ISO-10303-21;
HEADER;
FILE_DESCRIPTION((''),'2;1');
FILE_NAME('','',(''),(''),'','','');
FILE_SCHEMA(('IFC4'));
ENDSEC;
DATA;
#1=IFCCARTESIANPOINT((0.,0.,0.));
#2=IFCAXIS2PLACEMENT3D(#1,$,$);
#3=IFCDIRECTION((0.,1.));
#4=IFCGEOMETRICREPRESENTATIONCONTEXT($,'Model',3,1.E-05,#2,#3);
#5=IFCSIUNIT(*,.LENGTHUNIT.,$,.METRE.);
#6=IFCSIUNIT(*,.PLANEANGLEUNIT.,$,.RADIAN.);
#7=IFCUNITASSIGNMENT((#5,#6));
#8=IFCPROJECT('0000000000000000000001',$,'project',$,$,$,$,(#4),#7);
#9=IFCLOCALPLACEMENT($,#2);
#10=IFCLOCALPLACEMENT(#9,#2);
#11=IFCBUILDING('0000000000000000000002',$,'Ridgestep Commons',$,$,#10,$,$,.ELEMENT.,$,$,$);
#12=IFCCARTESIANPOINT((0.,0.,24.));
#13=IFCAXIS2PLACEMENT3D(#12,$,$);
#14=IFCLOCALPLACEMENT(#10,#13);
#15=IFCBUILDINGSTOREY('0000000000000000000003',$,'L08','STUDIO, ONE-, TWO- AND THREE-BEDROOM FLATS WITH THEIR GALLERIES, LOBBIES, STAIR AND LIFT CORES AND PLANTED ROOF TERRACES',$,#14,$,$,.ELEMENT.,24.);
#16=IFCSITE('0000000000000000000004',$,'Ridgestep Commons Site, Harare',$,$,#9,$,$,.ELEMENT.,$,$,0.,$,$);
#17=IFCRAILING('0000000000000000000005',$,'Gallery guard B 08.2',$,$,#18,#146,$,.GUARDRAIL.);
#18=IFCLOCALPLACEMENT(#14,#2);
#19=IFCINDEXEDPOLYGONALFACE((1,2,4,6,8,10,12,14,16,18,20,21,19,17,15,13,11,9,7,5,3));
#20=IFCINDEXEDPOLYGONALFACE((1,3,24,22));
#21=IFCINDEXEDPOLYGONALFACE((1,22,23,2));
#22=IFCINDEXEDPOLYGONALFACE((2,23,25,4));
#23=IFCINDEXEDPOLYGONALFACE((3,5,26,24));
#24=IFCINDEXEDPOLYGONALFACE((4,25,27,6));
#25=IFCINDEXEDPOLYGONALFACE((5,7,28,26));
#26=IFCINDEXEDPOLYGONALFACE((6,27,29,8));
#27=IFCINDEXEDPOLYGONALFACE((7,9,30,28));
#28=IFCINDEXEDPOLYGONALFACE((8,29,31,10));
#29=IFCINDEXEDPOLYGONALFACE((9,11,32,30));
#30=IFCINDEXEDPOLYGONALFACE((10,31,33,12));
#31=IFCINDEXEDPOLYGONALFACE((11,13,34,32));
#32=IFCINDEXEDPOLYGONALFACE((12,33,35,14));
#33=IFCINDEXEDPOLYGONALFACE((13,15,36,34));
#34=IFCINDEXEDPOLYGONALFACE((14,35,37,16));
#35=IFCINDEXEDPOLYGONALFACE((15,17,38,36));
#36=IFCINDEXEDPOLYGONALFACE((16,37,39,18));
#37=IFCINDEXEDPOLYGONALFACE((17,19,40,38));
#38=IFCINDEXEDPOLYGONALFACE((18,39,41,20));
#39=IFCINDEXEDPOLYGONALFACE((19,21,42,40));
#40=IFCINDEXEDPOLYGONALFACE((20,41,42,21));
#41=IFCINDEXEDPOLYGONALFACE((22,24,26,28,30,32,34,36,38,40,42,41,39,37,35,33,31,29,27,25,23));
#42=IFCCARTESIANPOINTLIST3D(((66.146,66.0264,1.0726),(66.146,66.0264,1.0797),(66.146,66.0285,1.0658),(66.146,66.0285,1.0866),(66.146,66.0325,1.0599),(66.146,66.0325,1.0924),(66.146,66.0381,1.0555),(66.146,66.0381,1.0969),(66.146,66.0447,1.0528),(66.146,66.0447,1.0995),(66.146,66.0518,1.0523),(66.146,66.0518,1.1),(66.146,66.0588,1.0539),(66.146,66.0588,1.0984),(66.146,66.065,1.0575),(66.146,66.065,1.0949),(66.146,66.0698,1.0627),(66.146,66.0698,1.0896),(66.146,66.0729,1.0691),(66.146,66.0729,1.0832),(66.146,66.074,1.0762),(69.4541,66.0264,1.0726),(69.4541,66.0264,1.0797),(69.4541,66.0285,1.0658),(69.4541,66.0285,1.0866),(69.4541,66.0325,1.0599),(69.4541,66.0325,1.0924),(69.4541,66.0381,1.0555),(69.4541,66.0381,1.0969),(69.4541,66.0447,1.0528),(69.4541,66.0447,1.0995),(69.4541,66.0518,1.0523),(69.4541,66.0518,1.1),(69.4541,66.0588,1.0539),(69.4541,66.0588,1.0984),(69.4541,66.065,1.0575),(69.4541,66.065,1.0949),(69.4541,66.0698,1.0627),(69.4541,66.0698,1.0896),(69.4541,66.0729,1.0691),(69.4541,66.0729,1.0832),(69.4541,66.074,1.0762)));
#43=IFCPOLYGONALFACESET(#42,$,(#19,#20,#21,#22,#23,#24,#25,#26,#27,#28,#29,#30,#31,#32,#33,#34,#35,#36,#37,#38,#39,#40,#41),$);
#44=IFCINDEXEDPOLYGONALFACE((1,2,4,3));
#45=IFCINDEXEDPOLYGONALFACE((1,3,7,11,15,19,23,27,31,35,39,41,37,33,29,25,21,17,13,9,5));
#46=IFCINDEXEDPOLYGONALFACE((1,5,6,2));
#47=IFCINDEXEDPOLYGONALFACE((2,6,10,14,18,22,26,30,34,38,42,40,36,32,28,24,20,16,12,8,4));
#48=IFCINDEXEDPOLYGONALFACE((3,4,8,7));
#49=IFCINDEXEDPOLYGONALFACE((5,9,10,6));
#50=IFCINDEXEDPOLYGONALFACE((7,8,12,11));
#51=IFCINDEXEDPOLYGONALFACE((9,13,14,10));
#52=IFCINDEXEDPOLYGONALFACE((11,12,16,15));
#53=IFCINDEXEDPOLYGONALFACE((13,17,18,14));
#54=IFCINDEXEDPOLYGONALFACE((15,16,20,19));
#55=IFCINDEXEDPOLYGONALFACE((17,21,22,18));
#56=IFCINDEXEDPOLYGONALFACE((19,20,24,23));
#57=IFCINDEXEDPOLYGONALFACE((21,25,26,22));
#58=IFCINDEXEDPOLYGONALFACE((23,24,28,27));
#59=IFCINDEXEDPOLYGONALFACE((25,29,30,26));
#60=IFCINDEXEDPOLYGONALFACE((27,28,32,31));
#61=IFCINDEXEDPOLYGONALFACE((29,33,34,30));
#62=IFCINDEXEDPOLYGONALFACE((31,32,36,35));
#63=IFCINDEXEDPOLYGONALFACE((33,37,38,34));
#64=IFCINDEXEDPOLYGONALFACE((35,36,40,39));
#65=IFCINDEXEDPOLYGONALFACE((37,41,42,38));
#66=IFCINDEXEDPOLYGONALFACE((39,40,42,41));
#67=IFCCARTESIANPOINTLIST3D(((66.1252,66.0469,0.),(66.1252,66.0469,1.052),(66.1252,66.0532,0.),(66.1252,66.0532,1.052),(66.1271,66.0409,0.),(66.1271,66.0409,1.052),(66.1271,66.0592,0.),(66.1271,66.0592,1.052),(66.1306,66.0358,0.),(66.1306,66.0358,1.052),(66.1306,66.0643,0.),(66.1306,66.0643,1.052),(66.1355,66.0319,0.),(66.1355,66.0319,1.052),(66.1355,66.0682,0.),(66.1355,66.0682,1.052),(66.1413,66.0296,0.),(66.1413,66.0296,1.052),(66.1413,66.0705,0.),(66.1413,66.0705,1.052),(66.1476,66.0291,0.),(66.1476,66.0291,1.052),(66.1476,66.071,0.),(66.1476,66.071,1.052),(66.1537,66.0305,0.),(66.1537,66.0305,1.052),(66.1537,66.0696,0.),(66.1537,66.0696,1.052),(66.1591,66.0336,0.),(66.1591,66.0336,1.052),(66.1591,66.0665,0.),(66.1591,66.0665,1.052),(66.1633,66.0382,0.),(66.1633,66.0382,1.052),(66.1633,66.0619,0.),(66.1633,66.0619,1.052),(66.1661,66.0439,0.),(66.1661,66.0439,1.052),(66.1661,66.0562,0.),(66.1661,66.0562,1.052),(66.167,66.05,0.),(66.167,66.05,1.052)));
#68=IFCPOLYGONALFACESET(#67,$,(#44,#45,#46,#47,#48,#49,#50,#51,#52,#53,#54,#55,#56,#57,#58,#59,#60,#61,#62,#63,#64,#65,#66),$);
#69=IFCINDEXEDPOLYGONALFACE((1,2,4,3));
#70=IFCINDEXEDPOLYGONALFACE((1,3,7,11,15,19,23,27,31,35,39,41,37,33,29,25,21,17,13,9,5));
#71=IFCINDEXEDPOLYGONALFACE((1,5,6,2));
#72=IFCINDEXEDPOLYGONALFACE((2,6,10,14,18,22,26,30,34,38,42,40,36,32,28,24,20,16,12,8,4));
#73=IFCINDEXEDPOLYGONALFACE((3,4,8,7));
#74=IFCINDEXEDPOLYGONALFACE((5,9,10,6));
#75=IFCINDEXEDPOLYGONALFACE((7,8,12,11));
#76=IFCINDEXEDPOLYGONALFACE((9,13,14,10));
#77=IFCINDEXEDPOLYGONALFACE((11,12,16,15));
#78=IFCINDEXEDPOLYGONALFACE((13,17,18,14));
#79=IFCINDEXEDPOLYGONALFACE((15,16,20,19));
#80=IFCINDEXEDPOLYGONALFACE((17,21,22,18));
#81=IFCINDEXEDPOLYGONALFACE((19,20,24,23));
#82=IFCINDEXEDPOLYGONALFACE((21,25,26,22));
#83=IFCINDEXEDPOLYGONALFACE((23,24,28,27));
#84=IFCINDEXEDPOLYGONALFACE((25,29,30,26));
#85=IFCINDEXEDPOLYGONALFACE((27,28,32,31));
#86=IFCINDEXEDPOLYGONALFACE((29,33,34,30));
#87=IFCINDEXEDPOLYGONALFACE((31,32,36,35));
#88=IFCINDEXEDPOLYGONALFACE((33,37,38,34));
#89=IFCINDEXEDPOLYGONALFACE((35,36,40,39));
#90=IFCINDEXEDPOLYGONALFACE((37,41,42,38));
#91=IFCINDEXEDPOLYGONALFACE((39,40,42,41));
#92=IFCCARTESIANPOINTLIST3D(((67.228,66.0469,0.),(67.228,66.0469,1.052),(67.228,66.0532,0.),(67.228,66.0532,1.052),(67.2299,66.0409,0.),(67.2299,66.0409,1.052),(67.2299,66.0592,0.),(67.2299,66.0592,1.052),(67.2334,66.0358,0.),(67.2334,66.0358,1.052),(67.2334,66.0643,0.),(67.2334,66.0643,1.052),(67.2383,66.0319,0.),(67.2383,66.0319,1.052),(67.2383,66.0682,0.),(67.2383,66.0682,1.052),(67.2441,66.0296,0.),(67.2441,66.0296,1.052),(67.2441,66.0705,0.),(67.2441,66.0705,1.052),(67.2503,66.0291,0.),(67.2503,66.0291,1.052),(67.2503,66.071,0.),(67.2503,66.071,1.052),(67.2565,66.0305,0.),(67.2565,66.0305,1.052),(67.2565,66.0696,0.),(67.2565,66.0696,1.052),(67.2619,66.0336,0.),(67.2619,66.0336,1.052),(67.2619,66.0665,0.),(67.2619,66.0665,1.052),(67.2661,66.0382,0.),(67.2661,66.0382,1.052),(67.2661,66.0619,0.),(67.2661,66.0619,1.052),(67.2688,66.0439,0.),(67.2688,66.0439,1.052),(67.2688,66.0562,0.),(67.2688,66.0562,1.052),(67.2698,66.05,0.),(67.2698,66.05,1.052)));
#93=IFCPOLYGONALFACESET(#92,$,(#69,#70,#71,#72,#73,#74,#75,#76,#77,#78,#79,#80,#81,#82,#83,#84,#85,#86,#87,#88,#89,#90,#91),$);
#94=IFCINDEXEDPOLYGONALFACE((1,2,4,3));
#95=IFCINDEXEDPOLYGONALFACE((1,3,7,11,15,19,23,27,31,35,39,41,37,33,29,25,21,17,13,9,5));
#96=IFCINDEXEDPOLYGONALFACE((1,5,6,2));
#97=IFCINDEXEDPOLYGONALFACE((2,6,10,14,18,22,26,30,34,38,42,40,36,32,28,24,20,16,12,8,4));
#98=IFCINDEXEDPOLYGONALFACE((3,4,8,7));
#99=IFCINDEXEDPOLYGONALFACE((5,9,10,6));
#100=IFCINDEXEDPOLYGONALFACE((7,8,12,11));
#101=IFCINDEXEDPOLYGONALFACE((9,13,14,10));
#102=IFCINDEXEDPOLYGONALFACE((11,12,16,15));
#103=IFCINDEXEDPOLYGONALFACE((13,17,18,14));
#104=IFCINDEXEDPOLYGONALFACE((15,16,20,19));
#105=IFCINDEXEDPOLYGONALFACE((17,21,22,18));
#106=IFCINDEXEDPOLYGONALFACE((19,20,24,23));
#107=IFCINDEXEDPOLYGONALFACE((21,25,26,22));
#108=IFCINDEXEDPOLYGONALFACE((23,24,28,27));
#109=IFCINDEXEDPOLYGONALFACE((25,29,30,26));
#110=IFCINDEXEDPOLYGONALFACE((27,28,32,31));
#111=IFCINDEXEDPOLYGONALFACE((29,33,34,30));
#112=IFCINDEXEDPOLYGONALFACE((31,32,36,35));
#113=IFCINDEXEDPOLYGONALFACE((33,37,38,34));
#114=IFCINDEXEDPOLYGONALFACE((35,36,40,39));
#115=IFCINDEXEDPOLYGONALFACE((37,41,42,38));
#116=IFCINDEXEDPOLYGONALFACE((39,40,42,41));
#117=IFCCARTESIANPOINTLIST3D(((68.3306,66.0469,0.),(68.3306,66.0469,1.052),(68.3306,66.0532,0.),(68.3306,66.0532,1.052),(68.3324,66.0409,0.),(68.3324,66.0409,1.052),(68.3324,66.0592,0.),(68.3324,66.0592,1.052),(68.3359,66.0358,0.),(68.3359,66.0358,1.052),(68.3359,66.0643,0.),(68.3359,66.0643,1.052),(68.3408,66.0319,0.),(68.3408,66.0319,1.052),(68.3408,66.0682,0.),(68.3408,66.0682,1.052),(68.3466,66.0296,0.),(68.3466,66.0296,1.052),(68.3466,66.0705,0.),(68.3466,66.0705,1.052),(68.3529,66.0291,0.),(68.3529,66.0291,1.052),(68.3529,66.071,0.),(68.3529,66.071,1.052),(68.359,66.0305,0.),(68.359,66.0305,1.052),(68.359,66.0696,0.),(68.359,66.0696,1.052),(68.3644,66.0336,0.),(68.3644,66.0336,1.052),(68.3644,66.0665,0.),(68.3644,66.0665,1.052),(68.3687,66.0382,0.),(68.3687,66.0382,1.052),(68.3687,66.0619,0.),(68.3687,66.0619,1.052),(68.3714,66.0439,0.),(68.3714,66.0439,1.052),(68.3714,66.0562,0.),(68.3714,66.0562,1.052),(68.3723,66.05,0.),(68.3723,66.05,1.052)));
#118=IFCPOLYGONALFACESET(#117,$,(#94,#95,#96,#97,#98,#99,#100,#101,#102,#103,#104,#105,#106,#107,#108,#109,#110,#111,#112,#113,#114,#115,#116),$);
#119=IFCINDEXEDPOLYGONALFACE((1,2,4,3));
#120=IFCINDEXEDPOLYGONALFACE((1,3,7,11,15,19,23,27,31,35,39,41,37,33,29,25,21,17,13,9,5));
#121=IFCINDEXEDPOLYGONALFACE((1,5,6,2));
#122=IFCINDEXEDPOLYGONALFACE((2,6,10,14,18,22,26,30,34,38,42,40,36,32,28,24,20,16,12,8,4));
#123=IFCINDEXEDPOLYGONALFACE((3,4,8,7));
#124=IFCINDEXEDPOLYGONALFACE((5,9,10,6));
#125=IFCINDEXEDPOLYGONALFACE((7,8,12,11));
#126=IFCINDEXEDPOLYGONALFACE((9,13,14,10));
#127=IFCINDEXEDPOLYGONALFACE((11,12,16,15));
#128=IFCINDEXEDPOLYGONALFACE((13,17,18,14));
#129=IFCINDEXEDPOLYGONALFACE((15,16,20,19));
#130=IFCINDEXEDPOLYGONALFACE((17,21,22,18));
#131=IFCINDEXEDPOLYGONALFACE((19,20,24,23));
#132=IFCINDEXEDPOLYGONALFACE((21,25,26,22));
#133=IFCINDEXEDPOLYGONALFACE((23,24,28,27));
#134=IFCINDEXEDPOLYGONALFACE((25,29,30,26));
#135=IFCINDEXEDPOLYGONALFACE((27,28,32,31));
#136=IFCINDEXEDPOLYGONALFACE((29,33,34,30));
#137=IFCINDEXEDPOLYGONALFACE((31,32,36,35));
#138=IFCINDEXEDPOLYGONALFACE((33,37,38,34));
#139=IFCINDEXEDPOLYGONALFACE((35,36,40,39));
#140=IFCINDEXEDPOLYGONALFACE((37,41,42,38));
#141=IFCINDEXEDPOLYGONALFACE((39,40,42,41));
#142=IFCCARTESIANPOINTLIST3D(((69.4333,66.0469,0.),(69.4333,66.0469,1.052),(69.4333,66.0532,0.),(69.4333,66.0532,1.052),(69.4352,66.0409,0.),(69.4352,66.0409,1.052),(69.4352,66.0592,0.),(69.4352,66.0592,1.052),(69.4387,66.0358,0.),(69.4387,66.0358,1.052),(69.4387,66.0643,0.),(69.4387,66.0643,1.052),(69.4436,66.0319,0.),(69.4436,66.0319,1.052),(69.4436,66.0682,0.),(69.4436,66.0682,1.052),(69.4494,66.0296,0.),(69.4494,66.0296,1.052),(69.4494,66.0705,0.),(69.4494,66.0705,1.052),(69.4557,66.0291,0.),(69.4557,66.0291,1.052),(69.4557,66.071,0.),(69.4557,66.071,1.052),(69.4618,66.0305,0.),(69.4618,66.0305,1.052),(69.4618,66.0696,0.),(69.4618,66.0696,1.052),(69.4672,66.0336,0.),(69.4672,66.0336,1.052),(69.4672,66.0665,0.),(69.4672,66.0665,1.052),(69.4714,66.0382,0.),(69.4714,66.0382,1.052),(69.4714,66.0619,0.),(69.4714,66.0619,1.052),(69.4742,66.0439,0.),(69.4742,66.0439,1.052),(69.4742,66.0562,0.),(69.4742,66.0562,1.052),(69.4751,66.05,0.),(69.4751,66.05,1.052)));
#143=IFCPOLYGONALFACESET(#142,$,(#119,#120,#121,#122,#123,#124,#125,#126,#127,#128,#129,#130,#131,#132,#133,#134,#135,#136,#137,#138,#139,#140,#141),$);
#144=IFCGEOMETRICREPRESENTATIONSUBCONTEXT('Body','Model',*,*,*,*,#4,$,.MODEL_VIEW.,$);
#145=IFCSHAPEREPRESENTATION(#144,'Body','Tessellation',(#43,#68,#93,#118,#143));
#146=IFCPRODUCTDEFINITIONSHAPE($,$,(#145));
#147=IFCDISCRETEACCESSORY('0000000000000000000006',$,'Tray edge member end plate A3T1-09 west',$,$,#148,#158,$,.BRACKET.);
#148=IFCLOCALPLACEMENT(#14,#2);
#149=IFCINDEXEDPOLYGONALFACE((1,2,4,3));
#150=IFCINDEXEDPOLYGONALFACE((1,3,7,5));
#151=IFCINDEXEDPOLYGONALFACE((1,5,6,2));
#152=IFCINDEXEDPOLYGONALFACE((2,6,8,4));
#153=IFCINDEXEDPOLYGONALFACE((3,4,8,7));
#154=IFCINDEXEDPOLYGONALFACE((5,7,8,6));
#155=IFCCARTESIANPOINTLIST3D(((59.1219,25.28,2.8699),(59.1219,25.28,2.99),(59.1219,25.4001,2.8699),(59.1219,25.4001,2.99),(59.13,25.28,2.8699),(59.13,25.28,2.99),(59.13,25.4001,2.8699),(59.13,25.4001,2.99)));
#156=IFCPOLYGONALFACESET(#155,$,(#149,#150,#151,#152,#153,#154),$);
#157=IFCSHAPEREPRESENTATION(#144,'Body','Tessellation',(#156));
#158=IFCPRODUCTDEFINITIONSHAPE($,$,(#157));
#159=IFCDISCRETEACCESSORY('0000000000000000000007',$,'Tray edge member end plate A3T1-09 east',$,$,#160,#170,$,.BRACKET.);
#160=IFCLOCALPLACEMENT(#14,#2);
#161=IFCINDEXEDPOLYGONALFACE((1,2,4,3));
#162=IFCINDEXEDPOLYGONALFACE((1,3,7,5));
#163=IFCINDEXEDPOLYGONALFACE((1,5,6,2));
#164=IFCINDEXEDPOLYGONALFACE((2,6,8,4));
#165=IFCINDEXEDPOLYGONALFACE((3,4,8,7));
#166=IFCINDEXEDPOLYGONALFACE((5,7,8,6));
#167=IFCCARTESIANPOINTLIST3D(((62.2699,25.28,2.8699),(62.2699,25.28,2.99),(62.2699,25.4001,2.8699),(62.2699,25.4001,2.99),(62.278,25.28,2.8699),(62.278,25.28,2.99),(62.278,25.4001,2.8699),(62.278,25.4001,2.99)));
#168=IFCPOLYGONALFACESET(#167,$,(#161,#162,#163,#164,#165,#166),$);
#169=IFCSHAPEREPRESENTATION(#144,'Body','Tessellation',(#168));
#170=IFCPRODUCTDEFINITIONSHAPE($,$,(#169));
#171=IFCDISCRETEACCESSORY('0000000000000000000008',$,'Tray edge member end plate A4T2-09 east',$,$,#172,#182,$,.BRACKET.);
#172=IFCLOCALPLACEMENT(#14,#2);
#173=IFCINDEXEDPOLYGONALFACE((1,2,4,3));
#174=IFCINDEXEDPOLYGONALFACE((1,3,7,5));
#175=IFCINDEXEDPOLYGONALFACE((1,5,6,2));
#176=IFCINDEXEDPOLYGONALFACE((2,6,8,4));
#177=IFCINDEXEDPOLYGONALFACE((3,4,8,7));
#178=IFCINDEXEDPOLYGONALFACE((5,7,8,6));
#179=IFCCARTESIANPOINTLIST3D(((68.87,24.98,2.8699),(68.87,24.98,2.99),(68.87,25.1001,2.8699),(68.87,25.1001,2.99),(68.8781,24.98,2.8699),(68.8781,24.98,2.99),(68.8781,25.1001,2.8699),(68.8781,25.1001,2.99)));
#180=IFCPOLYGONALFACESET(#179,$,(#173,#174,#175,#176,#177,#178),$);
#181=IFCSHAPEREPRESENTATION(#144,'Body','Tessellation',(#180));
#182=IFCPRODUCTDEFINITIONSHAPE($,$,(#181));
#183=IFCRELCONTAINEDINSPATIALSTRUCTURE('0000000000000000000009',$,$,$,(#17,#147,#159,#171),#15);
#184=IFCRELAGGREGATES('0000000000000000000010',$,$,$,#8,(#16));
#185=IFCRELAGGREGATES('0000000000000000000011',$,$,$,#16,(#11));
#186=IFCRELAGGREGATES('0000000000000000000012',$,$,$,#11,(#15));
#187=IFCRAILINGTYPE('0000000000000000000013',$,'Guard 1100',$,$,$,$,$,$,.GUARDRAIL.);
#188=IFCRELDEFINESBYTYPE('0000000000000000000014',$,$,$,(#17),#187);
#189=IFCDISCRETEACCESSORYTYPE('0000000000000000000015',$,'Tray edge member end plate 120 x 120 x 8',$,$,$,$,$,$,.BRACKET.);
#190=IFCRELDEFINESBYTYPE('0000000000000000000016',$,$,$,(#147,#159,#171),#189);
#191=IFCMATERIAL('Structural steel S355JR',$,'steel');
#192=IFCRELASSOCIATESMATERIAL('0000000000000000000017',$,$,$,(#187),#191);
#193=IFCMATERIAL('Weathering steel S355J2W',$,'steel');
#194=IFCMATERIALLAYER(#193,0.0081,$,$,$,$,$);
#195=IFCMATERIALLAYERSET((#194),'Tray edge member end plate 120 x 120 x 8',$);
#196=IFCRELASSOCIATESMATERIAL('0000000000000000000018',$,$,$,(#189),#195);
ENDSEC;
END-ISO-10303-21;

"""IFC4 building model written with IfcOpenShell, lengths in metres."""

from ifc_helpers import new_model, si_unit, direction, frame, origin, origin_2d, place, context, subcontext, project, spatial, rectangle, circle, extrude, material, layer, layer_set, type_object, element, save


model = new_model("IFC4")

# Units and contexts
model_context = context("Model", 3, precision=1e-05, world=origin(), true_north=direction((0.0, 1.0)))
body_context = subcontext(model_context, "Body", "Model", "MODEL_VIEW")
ifc_project = project(units=[si_unit("LENGTHUNIT", "METRE"), si_unit("PLANEANGLEUNIT", "RADIAN")], contexts=[model_context])

# Site, building, storey
site_placement = place(None, origin())
site = spatial("IfcSite", under=ifc_project, at=site_placement, Name="Ridgestep Commons Site, Harare", CompositionType="ELEMENT", RefElevation=0.0)
building_placement = place(site_placement, origin())
building = spatial("IfcBuilding", under=site, at=building_placement, Name="Ridgestep Commons", CompositionType="ELEMENT")
storey_placement = place(building_placement, frame((0.0, 0.0, 24.0)))
storey = spatial("IfcBuildingStorey", under=building, at=storey_placement, Name="L08", Description="STUDIO, ONE-, TWO- AND THREE-BEDROOM FLATS WITH THEIR GALLERIES, LOBBIES, STAIR AND LIFT CORES AND PLANTED ROOF TERRACES", CompositionType="ELEMENT", Elevation=24.0)

# Railing
ifc_material_1 = material(Name="Structural steel S355JR", Category="steel")
railing_type = type_object("IfcRailingType", Name="Guard 1100", PredefinedType="GUARDRAIL", material=ifc_material_1)
railing_1_placement = place(storey_placement, frame((66.146, 66.05, 0.0)))
element("IfcRailing", 1, at=railing_1_placement, inside=storey, type_object=railing_type, Name="Gallery guard B 08.2", PredefinedType="GUARDRAIL", context=body_context, shape_type="SweptSolid", body=[
    extrude(circle(Radius=0.0239, at=origin_2d()), frame((0.0, 0.0, 1.0762), z_axis=(1.0, 0.0, 0.0), x_axis=(0.0, 1.0, 0.0)), (0.0, 0.0, 1.0), 3.3081),
    extrude(circle(Radius=0.021, at=origin_2d()), origin(), (0.0, 0.0, 1.0), 1.052),
    extrude(circle(Radius=0.021, at=origin_2d()), frame((1.1028, 0.0, 0.0)), (0.0, 0.0, 1.0), 1.052),
    extrude(circle(Radius=0.021, at=origin_2d()), frame((2.2053, 0.0, 0.0)), (0.0, 0.0, 1.0), 1.052),
    extrude(circle(Radius=0.021, at=origin_2d()), frame((3.3081, 0.0, 0.0)), (0.0, 0.0, 1.0), 1.052),
])

# Discrete accessories
ifc_material_2 = material(Name="Weathering steel S355J2W", Category="steel")
ifc_layer_1 = layer(ifc_material_2, 0.0081)
ifc_layer_set_1 = layer_set([ifc_layer_1], Name="Tray edge member end plate 120 x 120 x 8")
discrete_accessory_type = type_object("IfcDiscreteAccessoryType", Name="Tray edge member end plate 120 x 120 x 8", PredefinedType="BRACKET", material=ifc_layer_set_1)
for number, where, z_axis, x_axis, name in (
    (2, (59.126, 25.3401, 2.8699), (0.0, 0.0, 1.0), (1.0, 0.0, 0.0), "Tray edge member end plate A3T1-09 west"),
    (3, (62.2739, 25.3401, 2.8699), (0.0, 0.0, 1.0), (1.0, 0.0, 0.0), "Tray edge member end plate A3T1-09 east"),
    (4, (68.874, 25.04, 2.8699), (0.0, 0.0, 1.0), (1.0, 0.0, 0.0), "Tray edge member end plate A4T2-09 east"),
):
    element("IfcDiscreteAccessory", number, at=place(storey_placement, frame(where, z_axis=z_axis, x_axis=x_axis)), inside=storey, type_object=discrete_accessory_type, Name=name, PredefinedType="BRACKET", context=body_context, shape_type="SweptSolid", body=[
        extrude(rectangle(XDim=0.0081, YDim=0.1201, at=origin_2d()), origin(), (0.0, 0.0, 1.0), 0.1201),
    ])

save(model, "model.ifc")
